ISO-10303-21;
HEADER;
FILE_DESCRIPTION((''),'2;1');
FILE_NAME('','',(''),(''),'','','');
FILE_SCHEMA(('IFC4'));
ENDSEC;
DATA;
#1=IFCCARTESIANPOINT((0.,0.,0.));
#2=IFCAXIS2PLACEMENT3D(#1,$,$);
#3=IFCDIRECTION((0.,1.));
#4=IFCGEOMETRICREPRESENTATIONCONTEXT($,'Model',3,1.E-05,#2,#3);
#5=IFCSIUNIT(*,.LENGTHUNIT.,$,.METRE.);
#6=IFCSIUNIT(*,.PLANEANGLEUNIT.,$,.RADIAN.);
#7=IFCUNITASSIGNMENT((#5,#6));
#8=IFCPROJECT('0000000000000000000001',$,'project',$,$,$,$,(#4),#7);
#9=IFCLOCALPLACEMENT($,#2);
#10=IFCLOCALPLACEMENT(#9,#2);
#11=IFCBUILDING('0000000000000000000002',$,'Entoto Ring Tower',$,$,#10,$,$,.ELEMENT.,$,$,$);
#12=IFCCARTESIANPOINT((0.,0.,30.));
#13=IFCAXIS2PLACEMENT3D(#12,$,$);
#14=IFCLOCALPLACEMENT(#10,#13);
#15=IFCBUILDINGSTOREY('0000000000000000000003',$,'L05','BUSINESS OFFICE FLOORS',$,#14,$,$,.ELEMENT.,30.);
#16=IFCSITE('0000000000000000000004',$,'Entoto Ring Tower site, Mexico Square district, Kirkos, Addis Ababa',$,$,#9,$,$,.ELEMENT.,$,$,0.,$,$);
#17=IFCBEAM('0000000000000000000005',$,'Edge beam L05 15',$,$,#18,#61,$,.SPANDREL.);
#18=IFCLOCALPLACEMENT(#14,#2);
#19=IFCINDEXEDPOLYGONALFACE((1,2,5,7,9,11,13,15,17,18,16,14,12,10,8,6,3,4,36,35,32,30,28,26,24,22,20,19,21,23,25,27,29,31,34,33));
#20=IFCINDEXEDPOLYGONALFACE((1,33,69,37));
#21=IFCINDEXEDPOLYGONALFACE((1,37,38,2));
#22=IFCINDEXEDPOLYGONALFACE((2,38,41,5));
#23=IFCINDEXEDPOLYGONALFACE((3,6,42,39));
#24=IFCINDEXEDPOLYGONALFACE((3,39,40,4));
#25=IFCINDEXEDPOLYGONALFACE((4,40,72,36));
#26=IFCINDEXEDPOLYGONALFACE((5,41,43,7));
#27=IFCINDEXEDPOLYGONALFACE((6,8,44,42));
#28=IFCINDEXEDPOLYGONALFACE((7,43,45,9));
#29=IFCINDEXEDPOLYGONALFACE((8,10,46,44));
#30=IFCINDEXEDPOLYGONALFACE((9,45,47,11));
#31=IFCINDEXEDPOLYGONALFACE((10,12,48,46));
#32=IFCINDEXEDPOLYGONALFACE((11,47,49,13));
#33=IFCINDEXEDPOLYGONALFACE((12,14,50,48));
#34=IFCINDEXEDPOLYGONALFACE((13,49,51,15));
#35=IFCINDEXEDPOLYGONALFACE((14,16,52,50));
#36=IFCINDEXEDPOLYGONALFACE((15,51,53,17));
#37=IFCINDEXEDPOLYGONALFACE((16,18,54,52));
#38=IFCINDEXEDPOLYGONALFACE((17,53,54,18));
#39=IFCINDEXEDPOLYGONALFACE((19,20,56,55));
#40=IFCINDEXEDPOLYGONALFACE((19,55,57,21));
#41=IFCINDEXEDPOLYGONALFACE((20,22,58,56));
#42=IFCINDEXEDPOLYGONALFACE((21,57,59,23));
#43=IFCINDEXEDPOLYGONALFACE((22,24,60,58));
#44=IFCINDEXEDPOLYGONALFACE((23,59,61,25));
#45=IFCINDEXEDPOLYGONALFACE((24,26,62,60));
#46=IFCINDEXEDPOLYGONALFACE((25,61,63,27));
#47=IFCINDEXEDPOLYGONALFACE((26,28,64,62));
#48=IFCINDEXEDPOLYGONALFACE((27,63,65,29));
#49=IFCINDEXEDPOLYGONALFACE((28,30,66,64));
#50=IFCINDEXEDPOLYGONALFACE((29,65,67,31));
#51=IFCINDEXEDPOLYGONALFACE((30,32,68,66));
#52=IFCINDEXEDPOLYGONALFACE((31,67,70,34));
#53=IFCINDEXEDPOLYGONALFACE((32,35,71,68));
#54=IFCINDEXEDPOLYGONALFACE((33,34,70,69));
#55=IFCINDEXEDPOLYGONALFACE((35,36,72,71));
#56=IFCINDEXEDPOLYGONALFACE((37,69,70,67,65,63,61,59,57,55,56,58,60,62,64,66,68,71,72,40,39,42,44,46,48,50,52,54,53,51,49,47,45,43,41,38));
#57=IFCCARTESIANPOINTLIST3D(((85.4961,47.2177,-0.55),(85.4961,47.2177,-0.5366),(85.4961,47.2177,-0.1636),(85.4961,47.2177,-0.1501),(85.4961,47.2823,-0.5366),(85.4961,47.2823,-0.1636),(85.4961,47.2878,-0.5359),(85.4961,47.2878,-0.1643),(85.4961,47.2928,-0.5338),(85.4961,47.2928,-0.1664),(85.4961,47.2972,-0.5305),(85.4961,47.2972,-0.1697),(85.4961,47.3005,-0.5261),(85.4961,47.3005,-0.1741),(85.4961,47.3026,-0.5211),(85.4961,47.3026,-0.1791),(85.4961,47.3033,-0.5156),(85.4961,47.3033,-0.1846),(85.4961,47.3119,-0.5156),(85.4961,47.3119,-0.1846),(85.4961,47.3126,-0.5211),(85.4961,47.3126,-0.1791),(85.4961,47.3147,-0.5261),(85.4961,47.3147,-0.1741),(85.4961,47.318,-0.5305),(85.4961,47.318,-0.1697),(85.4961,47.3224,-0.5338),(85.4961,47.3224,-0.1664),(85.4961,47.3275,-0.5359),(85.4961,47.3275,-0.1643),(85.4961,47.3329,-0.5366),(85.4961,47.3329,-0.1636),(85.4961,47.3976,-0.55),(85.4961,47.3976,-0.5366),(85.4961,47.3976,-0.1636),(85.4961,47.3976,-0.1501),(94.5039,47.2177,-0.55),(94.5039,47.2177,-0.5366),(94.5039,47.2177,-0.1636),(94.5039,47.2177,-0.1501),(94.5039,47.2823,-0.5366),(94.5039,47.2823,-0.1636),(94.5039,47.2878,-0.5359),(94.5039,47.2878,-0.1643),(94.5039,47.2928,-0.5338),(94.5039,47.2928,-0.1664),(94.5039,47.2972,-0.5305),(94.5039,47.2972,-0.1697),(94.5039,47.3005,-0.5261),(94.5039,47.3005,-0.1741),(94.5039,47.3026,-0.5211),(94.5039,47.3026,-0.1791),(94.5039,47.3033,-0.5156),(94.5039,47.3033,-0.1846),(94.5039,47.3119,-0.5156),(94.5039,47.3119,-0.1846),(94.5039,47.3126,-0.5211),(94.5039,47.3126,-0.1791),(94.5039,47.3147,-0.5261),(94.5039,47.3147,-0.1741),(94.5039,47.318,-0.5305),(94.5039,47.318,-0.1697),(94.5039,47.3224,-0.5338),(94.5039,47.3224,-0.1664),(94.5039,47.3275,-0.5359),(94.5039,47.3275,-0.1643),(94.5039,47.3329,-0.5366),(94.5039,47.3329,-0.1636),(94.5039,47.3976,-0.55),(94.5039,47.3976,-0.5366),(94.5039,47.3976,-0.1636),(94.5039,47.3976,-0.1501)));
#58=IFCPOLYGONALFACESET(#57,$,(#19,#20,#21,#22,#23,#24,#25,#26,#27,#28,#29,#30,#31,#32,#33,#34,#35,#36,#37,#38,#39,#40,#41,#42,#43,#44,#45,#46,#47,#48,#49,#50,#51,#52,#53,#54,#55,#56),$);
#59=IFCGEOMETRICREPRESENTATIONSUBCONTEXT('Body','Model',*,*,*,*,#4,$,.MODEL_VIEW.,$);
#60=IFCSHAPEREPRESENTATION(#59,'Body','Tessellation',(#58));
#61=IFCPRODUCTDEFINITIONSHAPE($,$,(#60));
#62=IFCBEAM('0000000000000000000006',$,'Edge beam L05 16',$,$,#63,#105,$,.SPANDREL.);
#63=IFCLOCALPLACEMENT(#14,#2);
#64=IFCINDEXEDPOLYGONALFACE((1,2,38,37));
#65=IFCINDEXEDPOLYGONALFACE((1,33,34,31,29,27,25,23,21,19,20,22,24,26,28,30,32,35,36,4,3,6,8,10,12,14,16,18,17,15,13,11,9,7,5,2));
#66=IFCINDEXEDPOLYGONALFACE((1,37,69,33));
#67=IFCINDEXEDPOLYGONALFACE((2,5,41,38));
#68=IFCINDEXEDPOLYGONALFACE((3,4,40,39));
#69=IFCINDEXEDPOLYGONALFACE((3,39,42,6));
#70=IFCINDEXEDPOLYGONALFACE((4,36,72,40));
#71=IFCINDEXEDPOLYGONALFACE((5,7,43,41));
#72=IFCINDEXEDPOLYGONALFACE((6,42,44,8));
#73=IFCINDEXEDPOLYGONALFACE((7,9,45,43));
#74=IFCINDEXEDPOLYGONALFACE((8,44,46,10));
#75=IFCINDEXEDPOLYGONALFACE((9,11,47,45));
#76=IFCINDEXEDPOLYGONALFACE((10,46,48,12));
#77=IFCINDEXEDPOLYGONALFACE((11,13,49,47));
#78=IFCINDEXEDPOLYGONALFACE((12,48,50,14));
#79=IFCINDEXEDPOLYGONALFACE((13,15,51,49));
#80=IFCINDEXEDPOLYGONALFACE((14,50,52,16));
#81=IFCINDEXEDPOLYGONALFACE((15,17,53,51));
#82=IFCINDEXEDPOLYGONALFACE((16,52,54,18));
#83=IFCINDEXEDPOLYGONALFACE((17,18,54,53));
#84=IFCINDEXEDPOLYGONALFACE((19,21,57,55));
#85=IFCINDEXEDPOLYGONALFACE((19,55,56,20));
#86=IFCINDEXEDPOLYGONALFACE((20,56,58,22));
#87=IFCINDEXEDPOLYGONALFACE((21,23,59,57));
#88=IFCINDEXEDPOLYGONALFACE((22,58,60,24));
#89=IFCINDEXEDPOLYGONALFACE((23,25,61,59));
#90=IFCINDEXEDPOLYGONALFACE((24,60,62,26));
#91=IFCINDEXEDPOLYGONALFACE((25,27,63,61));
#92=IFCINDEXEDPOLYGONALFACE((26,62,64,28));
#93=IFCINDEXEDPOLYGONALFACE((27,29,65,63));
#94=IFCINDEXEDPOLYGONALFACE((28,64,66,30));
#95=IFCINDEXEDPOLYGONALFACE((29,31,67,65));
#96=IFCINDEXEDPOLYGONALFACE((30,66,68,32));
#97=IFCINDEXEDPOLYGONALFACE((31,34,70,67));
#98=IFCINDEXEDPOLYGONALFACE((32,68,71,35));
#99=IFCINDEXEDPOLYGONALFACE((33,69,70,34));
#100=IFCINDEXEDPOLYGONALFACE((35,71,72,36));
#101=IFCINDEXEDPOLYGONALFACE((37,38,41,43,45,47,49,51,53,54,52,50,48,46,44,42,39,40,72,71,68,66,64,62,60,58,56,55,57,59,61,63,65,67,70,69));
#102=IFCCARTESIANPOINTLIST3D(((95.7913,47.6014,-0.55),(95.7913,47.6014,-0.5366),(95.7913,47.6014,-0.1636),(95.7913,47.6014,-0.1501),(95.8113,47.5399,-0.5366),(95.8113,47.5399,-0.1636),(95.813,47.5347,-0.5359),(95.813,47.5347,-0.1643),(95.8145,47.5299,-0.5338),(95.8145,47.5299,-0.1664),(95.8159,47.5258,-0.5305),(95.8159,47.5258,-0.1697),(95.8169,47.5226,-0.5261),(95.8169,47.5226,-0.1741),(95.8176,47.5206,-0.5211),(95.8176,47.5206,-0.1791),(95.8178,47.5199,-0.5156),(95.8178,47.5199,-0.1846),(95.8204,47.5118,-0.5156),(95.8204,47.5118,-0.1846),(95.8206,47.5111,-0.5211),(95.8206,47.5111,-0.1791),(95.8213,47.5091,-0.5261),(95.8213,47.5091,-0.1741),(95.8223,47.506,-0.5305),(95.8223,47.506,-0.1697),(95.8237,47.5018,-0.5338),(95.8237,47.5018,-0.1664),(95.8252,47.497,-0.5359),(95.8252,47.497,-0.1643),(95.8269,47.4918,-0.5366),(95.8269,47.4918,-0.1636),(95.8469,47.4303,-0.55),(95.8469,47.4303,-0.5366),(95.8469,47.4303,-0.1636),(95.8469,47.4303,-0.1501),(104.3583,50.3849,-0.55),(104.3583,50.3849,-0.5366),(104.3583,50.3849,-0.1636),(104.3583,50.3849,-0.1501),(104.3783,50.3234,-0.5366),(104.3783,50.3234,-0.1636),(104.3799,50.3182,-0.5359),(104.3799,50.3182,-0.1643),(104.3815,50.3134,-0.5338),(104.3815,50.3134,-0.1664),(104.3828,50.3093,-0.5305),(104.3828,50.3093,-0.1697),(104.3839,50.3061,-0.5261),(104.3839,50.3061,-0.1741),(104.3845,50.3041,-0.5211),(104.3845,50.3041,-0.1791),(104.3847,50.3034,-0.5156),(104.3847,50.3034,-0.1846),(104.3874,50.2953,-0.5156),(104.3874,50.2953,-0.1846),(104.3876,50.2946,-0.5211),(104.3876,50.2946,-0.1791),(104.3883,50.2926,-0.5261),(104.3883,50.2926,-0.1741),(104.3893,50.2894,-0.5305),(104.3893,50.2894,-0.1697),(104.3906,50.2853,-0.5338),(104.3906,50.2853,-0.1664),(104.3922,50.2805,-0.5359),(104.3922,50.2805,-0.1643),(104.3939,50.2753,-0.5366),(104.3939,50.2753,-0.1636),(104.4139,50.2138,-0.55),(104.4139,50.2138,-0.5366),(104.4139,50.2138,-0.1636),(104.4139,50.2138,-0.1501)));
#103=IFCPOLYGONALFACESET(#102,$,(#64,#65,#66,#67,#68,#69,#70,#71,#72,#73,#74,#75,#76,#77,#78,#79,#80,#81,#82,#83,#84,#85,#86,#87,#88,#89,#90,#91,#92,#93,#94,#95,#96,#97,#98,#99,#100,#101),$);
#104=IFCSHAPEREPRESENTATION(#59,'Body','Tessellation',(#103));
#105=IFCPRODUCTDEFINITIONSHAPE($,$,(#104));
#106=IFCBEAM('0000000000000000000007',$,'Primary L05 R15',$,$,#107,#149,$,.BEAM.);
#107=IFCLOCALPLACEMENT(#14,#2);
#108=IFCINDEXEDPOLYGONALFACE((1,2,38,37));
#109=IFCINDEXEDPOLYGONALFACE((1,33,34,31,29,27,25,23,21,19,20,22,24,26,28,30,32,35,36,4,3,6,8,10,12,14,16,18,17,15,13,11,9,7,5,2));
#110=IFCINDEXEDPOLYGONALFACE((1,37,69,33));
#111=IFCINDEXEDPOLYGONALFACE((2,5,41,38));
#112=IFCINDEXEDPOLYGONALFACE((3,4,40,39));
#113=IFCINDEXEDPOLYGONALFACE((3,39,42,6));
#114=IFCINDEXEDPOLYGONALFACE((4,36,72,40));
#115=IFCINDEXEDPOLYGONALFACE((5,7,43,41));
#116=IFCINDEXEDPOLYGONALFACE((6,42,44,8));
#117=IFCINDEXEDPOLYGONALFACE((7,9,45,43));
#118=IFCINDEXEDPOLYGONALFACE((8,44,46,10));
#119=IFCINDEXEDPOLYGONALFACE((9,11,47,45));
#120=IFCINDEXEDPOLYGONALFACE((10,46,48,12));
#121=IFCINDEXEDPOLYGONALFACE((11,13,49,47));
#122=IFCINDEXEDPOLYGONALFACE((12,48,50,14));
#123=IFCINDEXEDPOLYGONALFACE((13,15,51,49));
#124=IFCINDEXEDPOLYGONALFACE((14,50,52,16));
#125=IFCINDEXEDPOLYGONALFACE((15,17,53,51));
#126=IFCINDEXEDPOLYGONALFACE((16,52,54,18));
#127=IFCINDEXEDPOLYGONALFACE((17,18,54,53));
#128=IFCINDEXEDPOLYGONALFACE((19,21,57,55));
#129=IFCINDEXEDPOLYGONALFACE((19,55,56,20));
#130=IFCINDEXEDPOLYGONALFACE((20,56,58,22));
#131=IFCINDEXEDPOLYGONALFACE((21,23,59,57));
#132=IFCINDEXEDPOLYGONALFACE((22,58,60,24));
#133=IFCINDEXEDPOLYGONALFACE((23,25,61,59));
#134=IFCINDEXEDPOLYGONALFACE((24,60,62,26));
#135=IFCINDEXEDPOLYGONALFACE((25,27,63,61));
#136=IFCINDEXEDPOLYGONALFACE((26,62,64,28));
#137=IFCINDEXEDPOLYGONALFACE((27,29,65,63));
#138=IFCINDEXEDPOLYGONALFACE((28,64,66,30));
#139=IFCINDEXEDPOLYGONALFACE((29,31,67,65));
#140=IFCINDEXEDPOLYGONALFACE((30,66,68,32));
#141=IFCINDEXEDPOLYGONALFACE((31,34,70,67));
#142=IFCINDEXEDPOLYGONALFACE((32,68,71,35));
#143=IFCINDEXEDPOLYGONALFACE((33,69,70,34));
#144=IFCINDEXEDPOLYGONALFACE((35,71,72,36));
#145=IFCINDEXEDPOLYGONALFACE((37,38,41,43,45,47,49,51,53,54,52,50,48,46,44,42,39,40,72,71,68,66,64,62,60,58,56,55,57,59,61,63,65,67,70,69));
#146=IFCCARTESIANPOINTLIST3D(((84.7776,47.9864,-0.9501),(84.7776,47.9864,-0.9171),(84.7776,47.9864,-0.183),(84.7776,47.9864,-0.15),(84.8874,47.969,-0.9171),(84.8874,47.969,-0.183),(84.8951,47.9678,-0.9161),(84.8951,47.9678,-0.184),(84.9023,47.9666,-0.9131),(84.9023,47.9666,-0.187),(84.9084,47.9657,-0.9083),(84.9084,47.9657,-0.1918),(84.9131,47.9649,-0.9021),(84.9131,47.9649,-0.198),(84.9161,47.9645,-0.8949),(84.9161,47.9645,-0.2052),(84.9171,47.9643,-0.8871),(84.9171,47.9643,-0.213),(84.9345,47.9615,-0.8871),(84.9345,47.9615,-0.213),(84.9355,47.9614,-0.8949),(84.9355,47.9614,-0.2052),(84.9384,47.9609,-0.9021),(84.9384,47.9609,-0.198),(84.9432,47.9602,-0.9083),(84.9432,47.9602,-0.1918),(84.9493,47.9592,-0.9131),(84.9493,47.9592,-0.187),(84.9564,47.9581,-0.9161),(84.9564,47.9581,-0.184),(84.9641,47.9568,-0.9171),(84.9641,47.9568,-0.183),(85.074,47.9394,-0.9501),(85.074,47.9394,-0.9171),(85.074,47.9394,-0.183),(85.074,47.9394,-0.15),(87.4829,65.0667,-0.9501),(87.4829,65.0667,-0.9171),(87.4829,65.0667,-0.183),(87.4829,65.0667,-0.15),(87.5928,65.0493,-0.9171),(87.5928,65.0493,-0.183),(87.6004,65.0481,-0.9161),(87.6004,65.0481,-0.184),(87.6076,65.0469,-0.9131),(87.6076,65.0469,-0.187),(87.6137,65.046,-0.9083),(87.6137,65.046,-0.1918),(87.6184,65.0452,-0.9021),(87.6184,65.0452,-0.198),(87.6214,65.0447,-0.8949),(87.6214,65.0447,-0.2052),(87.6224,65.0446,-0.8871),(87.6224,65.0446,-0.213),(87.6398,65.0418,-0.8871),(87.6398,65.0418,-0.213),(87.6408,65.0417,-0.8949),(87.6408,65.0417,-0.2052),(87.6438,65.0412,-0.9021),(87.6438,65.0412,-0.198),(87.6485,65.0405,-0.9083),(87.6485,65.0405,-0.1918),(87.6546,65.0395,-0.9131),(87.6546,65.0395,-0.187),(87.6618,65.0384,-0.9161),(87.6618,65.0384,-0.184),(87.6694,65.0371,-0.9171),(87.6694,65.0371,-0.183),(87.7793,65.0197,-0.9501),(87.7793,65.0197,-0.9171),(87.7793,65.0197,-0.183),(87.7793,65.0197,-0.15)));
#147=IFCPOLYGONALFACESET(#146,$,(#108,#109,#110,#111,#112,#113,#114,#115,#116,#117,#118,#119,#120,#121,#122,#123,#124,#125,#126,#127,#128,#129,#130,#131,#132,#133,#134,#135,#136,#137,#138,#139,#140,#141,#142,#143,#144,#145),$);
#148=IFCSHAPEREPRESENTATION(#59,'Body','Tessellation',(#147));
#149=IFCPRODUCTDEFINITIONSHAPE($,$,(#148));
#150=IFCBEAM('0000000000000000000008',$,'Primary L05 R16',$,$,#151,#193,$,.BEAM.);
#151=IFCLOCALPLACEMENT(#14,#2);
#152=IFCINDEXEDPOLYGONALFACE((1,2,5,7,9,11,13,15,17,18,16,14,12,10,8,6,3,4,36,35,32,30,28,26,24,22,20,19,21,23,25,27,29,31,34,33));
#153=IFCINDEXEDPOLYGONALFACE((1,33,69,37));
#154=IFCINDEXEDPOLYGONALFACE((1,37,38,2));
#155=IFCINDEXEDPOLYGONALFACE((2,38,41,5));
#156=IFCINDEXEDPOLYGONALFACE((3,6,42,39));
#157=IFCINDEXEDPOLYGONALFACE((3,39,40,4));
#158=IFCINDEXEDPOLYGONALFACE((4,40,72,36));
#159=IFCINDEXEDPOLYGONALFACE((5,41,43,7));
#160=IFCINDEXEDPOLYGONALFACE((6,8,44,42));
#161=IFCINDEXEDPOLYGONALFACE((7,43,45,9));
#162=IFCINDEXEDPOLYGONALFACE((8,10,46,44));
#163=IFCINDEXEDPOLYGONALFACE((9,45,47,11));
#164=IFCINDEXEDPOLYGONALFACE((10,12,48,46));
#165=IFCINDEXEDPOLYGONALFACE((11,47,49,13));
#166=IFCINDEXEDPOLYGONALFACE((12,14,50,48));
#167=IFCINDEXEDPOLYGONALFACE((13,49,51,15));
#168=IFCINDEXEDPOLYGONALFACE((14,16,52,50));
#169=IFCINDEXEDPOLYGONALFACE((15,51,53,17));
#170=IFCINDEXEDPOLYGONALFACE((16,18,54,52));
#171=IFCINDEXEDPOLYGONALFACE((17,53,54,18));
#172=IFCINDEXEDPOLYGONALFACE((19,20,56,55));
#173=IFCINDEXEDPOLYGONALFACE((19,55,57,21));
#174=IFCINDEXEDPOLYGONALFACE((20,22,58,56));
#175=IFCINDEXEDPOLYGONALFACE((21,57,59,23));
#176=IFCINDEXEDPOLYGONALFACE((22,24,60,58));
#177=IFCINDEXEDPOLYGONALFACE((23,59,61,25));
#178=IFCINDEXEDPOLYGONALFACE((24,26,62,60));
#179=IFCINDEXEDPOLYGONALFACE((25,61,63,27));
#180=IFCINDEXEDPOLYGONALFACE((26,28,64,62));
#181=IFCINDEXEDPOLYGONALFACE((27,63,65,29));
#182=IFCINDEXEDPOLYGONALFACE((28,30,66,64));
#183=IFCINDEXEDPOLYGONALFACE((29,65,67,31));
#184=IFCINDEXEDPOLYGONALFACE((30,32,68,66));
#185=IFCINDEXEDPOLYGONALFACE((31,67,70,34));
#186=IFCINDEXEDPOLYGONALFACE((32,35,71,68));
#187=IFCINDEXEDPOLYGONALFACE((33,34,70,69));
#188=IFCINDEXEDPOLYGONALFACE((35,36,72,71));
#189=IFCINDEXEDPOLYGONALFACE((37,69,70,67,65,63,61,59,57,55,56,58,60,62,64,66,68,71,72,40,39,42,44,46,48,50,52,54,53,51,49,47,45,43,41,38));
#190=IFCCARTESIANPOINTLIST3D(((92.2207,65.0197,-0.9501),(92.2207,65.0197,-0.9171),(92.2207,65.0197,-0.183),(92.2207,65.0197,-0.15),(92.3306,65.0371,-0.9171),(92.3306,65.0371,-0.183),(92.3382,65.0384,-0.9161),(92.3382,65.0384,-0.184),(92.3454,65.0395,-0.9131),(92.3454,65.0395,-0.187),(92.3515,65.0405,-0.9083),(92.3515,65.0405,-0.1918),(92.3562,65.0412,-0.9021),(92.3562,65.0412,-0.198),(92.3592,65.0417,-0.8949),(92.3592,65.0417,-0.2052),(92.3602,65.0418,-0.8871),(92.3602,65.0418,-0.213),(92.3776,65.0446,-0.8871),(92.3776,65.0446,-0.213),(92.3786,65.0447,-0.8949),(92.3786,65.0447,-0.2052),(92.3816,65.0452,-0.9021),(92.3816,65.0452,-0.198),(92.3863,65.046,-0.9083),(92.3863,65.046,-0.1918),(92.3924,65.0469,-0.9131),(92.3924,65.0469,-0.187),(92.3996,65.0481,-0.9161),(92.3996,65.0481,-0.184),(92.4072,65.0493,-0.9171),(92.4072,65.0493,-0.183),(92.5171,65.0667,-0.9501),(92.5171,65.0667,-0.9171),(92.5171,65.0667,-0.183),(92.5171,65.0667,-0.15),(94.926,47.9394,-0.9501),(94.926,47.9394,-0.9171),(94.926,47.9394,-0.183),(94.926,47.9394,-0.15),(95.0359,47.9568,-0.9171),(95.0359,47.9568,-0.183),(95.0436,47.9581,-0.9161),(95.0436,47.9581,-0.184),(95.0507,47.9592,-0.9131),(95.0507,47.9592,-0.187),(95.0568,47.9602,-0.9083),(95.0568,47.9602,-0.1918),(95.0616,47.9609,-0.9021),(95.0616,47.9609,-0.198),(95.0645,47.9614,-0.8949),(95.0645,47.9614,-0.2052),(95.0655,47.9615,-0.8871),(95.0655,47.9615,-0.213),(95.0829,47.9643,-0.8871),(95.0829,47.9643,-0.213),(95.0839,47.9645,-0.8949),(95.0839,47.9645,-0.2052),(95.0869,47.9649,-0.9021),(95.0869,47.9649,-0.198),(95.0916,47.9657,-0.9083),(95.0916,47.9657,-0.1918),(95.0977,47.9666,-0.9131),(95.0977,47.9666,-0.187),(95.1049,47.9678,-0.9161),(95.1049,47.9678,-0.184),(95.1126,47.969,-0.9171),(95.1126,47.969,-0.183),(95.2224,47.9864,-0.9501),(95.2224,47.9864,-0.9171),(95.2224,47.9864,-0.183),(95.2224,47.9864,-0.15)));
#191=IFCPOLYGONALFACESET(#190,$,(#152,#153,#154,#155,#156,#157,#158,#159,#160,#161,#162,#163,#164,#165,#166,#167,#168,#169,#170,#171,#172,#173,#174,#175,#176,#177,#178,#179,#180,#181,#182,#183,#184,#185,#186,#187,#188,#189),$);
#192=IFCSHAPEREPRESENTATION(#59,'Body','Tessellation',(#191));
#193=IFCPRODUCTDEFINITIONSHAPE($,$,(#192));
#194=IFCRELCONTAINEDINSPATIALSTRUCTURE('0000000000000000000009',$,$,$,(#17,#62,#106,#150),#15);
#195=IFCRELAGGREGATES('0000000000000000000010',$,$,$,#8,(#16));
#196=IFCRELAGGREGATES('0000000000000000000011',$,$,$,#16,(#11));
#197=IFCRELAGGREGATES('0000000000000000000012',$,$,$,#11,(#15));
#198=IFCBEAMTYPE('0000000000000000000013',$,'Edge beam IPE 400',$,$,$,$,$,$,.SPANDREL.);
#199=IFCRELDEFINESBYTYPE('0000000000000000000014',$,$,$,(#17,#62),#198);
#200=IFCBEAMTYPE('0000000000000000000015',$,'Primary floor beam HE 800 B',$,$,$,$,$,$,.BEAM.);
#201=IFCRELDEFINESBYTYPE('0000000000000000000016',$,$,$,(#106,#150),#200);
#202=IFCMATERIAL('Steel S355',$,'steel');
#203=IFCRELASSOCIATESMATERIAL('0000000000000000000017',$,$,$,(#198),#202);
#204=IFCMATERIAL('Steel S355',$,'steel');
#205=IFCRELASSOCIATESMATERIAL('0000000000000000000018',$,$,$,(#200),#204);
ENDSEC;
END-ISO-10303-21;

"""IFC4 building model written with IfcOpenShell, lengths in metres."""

from ifc_helpers import new_model, si_unit, direction, frame, origin, origin_2d, place, context, subcontext, project, spatial, i_section, extrude, material, material_profile, profile_set, type_object, element, save


model = new_model("IFC4")

# Units and contexts
model_context = context("Model", 3, precision=1e-05, world=origin(), true_north=direction((0.0, 1.0)))
body_context = subcontext(model_context, "Body", "Model", "MODEL_VIEW")
ifc_project = project(units=[si_unit("LENGTHUNIT", "METRE"), si_unit("PLANEANGLEUNIT", "RADIAN")], contexts=[model_context])

# Site, building, storey
site_placement = place(None, origin())
site = spatial("IfcSite", under=ifc_project, at=site_placement, Name="Entoto Ring Tower site, Mexico Square district, Kirkos, Addis Ababa", CompositionType="ELEMENT", RefElevation=0.0)
building_placement = place(site_placement, origin())
building = spatial("IfcBuilding", under=site, at=building_placement, Name="Entoto Ring Tower", CompositionType="ELEMENT")
storey_placement = place(building_placement, frame((0.0, 0.0, 30.0)))
storey = spatial("IfcBuildingStorey", under=building, at=storey_placement, Name="L05", Description="BUSINESS OFFICE FLOORS", CompositionType="ELEMENT", Elevation=30.0)

# Beams
ifc_material_1 = material(Name="Steel S355", Category="steel")
ifc_material_profile_1 = material_profile(ifc_material_1, i_section(OverallWidth=0.1799, OverallDepth=0.3999, WebThickness=0.0085, FlangeThickness=0.0134, FilletRadius=0.021, at=origin_2d()), Name="IPE 400")
ifc_profile_set_1 = profile_set([ifc_material_profile_1], Name="Steel S355")
beam_type_1 = type_object("IfcBeamType", Name="Edge beam IPE 400", PredefinedType="SPANDREL", material=ifc_profile_set_1)
for number, where, z_axis, x_axis, name in (
    (1, (85.4961, 47.3076, -0.3501), (1.0, 0.0, 0.0), (0.0, 1.0, 0.0), "Edge beam L05 15"),
    (2, (95.8191, 47.5159, -0.3501), (0.95106, 0.309006, 0.0), (-0.309006, 0.95106, 0.0), "Edge beam L05 16"),
):
    element("IfcBeam", number, at=place(storey_placement, frame(where, z_axis=z_axis, x_axis=x_axis)), inside=storey, type_object=beam_type_1, Name=name, PredefinedType="SPANDREL", context=body_context, shape_type="SweptSolid", body=[
        extrude(i_section(OverallWidth=0.1799, OverallDepth=0.3999, WebThickness=0.0085, FlangeThickness=0.0134, FilletRadius=0.021, at=origin_2d()), origin(), (0.0, 0.0, 1.0), 9.0078),
    ])
ifc_material_2 = material(Name="Steel S355", Category="steel")
ifc_material_profile_2 = material_profile(ifc_material_2, i_section(OverallWidth=0.3, OverallDepth=0.8, WebThickness=0.0176, FlangeThickness=0.033, FilletRadius=0.03, at=origin_2d()), Name="HE 800 B")
ifc_profile_set_2 = profile_set([ifc_material_profile_2], Name="Steel S355")
beam_type_2 = type_object("IfcBeamType", Name="Primary floor beam HE 800 B", PredefinedType="BEAM", material=ifc_profile_set_2)
for number, where, z_axis, x_axis, name in (
    (3, (87.6311, 65.0432, -0.55), (-0.156438, -0.987688, 0.0), (0.987688, -0.156438, 0.0), "Primary L05 R15"),
    (4, (92.3689, 65.0432, -0.55), (0.156438, -0.987688, 0.0), (0.987688, 0.156438, 0.0), "Primary L05 R16"),
):
    element("IfcBeam", number, at=place(storey_placement, frame(where, z_axis=z_axis, x_axis=x_axis)), inside=storey, type_object=beam_type_2, Name=name, PredefinedType="BEAM", context=body_context, shape_type="SweptSolid", body=[
        extrude(i_section(OverallWidth=0.3, OverallDepth=0.8, WebThickness=0.0176, FlangeThickness=0.033, FilletRadius=0.03, at=origin_2d()), origin(), (0.0, 0.0, 1.0), 17.2932),
    ])

save(model, "model.ifc")
